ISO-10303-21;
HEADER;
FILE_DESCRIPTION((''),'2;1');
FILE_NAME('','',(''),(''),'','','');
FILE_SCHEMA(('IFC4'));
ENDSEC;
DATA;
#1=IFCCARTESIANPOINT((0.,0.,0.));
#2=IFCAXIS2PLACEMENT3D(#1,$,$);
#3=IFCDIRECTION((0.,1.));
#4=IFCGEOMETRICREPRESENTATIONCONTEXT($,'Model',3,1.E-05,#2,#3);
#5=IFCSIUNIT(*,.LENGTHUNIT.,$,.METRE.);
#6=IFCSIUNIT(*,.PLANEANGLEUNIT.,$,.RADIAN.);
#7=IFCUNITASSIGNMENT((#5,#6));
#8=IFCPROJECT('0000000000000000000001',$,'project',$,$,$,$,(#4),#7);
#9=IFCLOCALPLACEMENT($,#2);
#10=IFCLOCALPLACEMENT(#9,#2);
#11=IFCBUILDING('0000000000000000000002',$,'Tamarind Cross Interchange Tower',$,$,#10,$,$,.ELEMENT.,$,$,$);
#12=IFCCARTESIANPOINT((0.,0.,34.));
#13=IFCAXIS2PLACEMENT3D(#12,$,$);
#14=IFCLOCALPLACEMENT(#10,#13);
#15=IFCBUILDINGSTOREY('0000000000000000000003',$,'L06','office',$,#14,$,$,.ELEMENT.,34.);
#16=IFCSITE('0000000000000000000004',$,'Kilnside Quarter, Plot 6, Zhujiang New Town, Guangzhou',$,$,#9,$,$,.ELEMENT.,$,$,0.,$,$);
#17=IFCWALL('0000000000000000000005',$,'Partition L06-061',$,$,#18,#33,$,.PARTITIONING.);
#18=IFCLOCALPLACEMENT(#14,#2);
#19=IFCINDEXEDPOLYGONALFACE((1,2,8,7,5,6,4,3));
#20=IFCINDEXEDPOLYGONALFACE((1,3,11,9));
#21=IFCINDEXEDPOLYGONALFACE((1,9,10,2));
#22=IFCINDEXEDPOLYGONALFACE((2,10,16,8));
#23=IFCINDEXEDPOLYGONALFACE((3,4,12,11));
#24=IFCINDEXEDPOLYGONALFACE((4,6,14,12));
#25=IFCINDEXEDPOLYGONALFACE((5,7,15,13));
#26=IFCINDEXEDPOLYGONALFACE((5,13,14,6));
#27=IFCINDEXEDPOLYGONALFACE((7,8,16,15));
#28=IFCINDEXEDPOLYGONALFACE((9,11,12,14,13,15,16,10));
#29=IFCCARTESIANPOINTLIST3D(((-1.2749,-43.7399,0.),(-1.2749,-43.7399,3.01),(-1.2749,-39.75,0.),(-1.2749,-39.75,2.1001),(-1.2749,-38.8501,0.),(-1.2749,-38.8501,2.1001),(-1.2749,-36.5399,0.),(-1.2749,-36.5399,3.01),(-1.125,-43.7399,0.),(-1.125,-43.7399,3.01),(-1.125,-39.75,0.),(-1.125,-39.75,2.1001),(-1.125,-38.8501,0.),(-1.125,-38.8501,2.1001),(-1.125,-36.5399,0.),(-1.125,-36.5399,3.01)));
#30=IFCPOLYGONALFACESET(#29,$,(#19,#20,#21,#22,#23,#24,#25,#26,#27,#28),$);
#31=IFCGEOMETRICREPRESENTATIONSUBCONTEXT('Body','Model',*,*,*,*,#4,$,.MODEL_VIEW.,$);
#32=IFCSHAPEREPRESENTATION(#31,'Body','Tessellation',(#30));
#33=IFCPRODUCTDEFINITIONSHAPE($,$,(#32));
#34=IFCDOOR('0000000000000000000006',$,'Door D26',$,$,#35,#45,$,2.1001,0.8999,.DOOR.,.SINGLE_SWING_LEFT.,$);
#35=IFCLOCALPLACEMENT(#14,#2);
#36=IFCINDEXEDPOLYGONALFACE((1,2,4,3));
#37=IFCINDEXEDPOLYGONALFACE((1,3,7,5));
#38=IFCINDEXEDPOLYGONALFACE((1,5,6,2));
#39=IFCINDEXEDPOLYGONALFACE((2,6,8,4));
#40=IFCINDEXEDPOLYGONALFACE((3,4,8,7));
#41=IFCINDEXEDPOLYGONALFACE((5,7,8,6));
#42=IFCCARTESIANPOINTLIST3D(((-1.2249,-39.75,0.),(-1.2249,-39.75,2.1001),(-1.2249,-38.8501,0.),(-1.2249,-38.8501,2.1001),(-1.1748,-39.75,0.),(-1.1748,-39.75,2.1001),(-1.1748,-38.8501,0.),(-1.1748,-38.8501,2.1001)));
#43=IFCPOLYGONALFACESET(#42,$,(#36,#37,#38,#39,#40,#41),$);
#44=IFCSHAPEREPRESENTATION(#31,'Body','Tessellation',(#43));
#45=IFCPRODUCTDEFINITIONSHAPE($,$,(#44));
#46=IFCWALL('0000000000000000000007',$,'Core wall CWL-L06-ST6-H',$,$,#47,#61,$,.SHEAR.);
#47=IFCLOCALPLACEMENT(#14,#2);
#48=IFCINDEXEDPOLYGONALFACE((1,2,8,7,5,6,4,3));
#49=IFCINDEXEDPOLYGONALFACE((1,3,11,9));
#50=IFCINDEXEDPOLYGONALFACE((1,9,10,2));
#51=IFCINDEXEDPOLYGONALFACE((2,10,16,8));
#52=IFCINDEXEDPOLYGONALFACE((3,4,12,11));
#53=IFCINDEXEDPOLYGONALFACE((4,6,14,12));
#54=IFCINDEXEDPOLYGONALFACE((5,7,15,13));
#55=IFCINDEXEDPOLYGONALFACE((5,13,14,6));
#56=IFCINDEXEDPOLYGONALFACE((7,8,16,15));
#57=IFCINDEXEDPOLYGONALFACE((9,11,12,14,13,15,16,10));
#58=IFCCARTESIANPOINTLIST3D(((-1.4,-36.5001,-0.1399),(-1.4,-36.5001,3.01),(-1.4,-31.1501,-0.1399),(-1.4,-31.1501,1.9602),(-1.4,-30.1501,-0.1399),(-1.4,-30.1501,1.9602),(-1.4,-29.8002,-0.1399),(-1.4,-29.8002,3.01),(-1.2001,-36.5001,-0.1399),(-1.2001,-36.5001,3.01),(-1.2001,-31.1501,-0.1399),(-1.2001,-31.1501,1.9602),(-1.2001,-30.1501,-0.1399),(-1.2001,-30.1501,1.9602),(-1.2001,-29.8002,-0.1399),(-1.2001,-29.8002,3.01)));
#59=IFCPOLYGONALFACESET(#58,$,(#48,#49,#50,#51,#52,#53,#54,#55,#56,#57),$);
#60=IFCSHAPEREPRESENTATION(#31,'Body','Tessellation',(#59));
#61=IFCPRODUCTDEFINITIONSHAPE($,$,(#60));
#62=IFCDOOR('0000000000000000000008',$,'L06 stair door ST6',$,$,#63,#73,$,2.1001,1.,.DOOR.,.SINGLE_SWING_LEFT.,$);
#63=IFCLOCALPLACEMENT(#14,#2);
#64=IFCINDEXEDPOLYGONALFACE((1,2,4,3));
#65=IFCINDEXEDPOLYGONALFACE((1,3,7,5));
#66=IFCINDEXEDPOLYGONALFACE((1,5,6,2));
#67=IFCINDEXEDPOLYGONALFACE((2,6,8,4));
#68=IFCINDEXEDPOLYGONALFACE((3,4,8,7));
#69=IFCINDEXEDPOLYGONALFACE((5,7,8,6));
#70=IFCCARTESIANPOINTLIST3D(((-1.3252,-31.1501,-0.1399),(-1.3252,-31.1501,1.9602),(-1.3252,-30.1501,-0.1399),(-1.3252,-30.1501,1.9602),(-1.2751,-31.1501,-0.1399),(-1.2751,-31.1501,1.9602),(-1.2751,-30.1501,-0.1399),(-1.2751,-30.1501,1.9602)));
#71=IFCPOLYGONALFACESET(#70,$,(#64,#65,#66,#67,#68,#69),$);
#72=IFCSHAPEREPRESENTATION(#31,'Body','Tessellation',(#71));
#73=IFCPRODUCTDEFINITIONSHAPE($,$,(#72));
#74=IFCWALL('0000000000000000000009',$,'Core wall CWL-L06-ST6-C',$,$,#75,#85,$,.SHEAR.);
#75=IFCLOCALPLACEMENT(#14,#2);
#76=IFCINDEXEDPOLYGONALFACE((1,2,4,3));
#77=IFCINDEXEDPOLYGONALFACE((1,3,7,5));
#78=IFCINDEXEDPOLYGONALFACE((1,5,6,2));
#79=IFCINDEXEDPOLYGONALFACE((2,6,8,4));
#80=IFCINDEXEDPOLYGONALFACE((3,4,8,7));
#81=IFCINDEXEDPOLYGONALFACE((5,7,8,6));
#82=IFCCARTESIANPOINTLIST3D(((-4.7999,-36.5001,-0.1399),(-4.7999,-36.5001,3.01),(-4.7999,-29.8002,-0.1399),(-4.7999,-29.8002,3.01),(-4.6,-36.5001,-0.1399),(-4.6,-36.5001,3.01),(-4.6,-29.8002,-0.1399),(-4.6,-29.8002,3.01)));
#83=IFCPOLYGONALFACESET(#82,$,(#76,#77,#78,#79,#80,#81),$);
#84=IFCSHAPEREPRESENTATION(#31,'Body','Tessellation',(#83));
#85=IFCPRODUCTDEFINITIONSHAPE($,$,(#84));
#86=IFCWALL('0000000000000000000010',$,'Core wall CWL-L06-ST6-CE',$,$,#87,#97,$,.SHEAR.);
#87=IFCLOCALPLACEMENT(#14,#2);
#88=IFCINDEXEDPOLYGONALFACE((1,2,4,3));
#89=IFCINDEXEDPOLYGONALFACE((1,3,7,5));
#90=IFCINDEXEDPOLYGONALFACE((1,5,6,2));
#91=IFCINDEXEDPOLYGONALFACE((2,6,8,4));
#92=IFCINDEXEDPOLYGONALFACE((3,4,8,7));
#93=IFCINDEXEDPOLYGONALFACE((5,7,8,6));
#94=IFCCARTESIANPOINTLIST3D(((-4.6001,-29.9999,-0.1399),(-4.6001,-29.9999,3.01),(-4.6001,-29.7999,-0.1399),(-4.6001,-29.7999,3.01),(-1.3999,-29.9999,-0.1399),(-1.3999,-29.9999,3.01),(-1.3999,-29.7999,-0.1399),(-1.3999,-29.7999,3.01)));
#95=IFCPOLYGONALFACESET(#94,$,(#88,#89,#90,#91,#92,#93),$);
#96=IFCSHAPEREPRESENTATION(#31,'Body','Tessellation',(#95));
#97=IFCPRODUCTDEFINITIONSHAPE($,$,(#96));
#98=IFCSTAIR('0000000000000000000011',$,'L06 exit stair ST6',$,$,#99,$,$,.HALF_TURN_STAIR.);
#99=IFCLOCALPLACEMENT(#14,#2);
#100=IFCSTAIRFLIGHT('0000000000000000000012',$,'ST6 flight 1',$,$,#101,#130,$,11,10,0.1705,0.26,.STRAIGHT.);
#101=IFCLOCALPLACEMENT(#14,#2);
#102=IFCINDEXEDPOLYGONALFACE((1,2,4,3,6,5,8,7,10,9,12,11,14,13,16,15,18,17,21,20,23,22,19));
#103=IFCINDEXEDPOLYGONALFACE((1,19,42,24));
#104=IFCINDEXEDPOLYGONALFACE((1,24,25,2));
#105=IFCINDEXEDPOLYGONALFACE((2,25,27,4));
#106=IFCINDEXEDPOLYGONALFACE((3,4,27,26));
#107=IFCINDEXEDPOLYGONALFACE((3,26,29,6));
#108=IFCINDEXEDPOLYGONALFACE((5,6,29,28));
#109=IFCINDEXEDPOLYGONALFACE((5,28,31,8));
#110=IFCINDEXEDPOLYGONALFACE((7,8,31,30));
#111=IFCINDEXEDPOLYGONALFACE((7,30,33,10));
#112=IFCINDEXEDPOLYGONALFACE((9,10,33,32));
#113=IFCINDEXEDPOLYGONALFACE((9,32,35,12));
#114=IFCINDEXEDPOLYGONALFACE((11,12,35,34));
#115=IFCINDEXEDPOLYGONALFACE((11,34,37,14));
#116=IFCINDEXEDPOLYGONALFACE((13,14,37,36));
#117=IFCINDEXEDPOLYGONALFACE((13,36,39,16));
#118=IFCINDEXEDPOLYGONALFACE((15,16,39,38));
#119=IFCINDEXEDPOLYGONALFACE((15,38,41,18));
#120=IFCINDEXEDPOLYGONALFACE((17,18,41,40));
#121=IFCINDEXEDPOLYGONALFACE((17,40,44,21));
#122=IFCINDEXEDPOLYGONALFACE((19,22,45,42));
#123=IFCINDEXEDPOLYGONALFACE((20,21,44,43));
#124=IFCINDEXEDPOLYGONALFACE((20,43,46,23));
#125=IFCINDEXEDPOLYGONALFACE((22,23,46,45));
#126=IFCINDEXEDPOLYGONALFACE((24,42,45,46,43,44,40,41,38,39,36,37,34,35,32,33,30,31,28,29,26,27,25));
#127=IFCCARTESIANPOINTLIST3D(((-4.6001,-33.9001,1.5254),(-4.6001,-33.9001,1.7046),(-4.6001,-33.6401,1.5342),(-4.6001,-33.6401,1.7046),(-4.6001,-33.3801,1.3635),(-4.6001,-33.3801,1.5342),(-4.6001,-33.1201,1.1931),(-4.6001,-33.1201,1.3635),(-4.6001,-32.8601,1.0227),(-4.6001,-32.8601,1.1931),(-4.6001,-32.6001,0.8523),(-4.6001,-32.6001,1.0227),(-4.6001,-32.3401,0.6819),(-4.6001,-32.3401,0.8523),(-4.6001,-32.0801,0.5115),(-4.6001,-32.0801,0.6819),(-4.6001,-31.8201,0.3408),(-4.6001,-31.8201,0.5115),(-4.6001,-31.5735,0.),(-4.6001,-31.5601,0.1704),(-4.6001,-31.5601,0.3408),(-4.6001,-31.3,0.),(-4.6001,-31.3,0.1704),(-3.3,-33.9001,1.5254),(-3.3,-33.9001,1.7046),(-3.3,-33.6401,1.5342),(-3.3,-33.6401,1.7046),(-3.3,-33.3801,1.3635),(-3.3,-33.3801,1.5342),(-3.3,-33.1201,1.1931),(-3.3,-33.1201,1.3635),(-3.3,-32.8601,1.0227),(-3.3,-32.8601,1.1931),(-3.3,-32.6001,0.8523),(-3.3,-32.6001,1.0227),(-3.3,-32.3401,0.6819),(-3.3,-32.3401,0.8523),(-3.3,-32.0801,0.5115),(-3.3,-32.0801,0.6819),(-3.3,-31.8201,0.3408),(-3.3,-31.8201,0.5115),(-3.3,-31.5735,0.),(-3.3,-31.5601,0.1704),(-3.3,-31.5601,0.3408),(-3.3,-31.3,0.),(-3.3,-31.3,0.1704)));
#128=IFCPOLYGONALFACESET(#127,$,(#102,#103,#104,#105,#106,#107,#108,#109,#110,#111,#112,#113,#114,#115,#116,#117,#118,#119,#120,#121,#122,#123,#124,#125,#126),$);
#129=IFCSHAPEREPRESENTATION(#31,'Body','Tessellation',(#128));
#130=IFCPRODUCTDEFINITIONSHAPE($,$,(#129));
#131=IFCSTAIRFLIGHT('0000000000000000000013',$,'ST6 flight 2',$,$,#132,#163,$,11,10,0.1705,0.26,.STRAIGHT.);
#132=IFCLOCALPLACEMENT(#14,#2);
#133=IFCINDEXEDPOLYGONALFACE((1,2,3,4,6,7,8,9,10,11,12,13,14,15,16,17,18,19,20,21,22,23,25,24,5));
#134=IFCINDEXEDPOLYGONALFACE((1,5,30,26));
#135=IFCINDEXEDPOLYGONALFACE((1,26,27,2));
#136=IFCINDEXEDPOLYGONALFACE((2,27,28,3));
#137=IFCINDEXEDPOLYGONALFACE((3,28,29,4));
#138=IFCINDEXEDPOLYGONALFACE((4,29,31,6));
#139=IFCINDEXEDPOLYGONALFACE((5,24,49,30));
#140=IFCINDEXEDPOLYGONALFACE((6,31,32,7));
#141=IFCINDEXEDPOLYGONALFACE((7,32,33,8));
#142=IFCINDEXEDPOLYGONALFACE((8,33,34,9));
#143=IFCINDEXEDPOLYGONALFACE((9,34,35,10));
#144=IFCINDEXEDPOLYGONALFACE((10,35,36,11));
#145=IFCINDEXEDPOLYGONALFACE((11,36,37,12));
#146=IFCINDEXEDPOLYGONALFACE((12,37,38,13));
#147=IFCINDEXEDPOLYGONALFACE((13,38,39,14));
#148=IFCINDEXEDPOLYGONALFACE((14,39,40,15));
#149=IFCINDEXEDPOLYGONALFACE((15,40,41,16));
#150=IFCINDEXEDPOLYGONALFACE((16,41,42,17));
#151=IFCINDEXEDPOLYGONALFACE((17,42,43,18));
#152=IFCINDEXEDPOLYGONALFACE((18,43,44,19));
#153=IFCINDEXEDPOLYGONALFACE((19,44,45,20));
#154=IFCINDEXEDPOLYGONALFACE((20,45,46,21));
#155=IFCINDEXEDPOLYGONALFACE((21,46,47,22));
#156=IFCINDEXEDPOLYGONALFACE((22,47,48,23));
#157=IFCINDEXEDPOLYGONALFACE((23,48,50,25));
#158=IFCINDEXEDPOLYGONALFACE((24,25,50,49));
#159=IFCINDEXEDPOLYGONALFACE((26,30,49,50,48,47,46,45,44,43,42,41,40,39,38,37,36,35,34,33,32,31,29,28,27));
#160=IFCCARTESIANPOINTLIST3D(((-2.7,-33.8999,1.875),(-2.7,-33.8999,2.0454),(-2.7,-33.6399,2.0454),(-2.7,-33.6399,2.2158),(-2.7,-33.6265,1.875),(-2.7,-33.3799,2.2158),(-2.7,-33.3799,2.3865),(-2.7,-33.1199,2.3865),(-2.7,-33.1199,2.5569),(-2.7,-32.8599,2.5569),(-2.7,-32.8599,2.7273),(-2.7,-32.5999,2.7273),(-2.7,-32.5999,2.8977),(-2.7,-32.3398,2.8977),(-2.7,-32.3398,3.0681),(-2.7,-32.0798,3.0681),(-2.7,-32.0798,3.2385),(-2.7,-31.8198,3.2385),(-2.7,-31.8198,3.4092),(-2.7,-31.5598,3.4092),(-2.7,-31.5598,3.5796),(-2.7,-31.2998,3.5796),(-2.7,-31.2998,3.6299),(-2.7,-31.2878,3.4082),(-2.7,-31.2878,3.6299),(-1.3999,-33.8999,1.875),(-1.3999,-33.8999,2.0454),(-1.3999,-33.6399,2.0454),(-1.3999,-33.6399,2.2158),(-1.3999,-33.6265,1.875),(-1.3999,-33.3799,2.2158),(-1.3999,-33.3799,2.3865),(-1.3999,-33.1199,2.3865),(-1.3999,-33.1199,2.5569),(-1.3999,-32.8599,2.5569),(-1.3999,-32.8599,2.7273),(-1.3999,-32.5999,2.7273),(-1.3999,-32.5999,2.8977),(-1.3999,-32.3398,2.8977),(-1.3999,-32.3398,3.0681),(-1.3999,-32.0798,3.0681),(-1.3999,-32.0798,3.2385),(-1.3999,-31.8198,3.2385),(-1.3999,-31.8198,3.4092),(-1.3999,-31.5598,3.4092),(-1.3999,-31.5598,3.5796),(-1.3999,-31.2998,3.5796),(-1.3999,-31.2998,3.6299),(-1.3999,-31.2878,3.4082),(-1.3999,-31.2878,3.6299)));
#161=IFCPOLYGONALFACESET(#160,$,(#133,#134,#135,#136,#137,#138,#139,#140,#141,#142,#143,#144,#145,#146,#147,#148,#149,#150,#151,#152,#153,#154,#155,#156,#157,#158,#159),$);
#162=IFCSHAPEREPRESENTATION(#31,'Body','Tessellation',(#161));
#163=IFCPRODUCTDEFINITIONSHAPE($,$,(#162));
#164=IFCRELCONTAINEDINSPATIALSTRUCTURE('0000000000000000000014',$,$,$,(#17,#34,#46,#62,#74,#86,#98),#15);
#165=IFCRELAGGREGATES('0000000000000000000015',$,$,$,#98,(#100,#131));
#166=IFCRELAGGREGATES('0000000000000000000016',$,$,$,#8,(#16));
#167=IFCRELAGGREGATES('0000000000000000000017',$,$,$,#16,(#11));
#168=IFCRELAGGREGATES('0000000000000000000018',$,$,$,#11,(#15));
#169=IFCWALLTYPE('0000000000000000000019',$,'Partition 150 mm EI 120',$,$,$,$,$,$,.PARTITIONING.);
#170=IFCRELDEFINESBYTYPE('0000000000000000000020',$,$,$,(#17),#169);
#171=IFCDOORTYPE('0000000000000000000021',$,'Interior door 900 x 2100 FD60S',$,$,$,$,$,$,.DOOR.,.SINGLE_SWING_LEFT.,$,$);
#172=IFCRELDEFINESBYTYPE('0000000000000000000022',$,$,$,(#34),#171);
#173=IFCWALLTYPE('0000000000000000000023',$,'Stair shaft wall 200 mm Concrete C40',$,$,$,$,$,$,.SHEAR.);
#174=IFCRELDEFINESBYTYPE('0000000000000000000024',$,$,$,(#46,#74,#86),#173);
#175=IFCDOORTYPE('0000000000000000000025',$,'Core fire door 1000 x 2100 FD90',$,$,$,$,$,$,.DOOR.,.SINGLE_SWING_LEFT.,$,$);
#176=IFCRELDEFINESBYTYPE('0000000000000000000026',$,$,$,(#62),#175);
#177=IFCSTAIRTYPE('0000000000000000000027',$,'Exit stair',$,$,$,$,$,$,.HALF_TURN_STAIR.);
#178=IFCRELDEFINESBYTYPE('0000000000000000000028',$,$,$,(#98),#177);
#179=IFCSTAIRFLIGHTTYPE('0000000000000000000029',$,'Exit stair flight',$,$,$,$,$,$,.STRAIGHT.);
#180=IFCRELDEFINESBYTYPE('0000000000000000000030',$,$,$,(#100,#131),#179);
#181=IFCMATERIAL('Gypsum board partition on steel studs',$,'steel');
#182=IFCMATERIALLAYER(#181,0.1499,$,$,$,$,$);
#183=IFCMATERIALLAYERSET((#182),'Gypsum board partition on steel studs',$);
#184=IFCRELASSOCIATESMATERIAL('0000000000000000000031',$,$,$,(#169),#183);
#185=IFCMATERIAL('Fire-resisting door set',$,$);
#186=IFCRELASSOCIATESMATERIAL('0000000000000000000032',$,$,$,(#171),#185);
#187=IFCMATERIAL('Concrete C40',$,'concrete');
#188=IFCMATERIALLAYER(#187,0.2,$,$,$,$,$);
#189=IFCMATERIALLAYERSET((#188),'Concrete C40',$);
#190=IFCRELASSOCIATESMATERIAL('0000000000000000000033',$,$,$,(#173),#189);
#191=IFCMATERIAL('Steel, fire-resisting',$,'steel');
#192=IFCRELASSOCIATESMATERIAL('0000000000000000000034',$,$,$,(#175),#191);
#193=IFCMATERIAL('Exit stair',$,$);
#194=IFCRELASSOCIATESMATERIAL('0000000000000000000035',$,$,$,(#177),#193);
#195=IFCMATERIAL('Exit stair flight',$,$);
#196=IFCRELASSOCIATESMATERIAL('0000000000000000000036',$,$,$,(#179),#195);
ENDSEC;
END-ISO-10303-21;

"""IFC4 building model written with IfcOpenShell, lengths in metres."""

from ifc_helpers import new_model, si_unit, direction, frame, frame_2d, origin, place, context, subcontext, project, spatial, polyline, rectangle, outline, extrude, material, layer, layer_set, type_object, element, fill, aggregate, save


model = new_model("IFC4")

# Units and contexts
model_context = context("Model", 3, precision=1e-05, world=origin(), true_north=direction((0.0, 1.0)))
body_context = subcontext(model_context, "Body", "Model", "MODEL_VIEW")
ifc_project = project(units=[si_unit("LENGTHUNIT", "METRE"), si_unit("PLANEANGLEUNIT", "RADIAN")], contexts=[model_context])

# Site, building, storey
site_placement = place(None, origin())
site = spatial("IfcSite", under=ifc_project, at=site_placement, Name="Kilnside Quarter, Plot 6, Zhujiang New Town, Guangzhou", CompositionType="ELEMENT", RefElevation=0.0)
building_placement = place(site_placement, origin())
building = spatial("IfcBuilding", under=site, at=building_placement, Name="Tamarind Cross Interchange Tower", CompositionType="ELEMENT")
storey_placement = place(building_placement, frame((0.0, 0.0, 34.0)))
storey = spatial("IfcBuildingStorey", under=building, at=storey_placement, Name="L06", Description="office", CompositionType="ELEMENT", Elevation=34.0)

# Walls, openings, doors
ifc_material_1 = material(Name="Gypsum board partition on steel studs", Category="steel")
ifc_layer_1 = layer(ifc_material_1, 0.1499)
ifc_layer_set_1 = layer_set([ifc_layer_1], Name="Gypsum board partition on steel studs")
wall_type_1 = type_object("IfcWallType", Name="Partition 150 mm EI 120", PredefinedType="PARTITIONING", material=ifc_layer_set_1)
ifc_material_2 = material(Name="Fire-resisting door set")
wall_1_placement = place(storey_placement, frame((-1.2, -43.74, 0.0), z_axis=(0.0, 0.0, 1.0), x_axis=(0.0, 1.0, 0.0)))
wall_1 = element("IfcWall", 1, at=wall_1_placement, inside=storey, type_object=wall_type_1, Name="Partition L06-061", PredefinedType="PARTITIONING", context=body_context, shape_type="SweptSolid", body=[
    extrude(rectangle(XDim=7.2, YDim=0.1499, at=frame_2d((3.6001, 0.0))), origin(), (0.0, 0.0, 1.0), 3.01),
])
opening_1_placement = place(wall_1_placement, frame((3.99, 0.0, 0.0)))
opening_1 = element("IfcOpeningElement", 2, at=opening_1_placement, cuts=wall_1, PredefinedType="OPENING", context=body_context, shape_type="SweptSolid", body=[
    extrude(rectangle(XDim=0.8999, YDim=2.1001, at=frame_2d((0.45, 1.05))), frame((0.0, 0.085, 0.0), z_axis=(0.0, -1.0, 0.0), x_axis=(1.0, 0.0, 0.0)), (0.0, 0.0, 1.0), 0.1699),
])
door_type_1 = type_object("IfcDoorType", Name="Interior door 900 x 2100 FD60S", OperationType="SINGLE_SWING_LEFT", PredefinedType="DOOR", material=ifc_material_2)
door_1_placement = place(opening_1_placement, origin())
door_1 = element("IfcDoor", 3, at=door_1_placement, inside=storey, type_object=door_type_1, Name="Door D26", OperationType="SINGLE_SWING_LEFT", OverallHeight=2.1001, OverallWidth=0.8999, PredefinedType="DOOR", context=body_context, shape_type="SweptSolid", body=[
    extrude(rectangle(XDim=0.8999, YDim=2.1001, at=frame_2d((0.45, 1.05))), frame((0.0, 0.0249, 0.0), z_axis=(0.0, -1.0, 0.0), x_axis=(1.0, 0.0, 0.0)), (0.0, 0.0, 1.0), 0.05),
])
fill(opening_1, door_1)
ifc_material_3 = material(Name="Concrete C40", Category="concrete")
ifc_layer_2 = layer(ifc_material_3, 0.2)
ifc_layer_set_2 = layer_set([ifc_layer_2], Name="Concrete C40")
wall_type_2 = type_object("IfcWallType", Name="Stair shaft wall 200 mm Concrete C40", PredefinedType="SHEAR", material=ifc_layer_set_2)
wall_2_placement = place(storey_placement, frame((-1.3, -29.8, -0.1399), z_axis=(0.0, 0.0, 1.0), x_axis=(0.0, -1.0, 0.0)))
wall_2 = element("IfcWall", 4, at=wall_2_placement, inside=storey, type_object=wall_type_2, Name="Core wall CWL-L06-ST6-H", PredefinedType="SHEAR", context=body_context, shape_type="SweptSolid", body=[
    extrude(rectangle(XDim=6.7, YDim=0.2, at=frame_2d((3.3501, 0.0))), origin(), (0.0, 0.0, 1.0), 3.1499),
])
opening_2_placement = place(wall_2_placement, frame((0.3501, 0.0, 0.0)))
opening_2 = element("IfcOpeningElement", 5, at=opening_2_placement, cuts=wall_2, PredefinedType="OPENING", context=body_context, shape_type="SweptSolid", body=[
    extrude(rectangle(XDim=1.0, YDim=2.1001, at=frame_2d((0.5, 1.05))), frame((0.0, 0.1099, 0.0), z_axis=(0.0, -1.0, 0.0), x_axis=(1.0, 0.0, 0.0)), (0.0, 0.0, 1.0), 0.22),
])
ifc_material_4 = material(Name="Steel, fire-resisting", Category="steel")
door_type_2 = type_object("IfcDoorType", Name="Core fire door 1000 x 2100 FD90", OperationType="SINGLE_SWING_LEFT", PredefinedType="DOOR", material=ifc_material_4)
door_2_placement = place(opening_2_placement, origin())
door_2 = element("IfcDoor", 6, at=door_2_placement, inside=storey, type_object=door_type_2, Name="L06 stair door ST6", OperationType="SINGLE_SWING_LEFT", OverallHeight=2.1001, OverallWidth=1.0, PredefinedType="DOOR", context=body_context, shape_type="SweptSolid", body=[
    extrude(rectangle(XDim=1.0, YDim=2.1001, at=frame_2d((0.5, 1.05))), frame((0.0, 0.0249, 0.0), z_axis=(0.0, -1.0, 0.0), x_axis=(1.0, 0.0, 0.0)), (0.0, 0.0, 1.0), 0.05),
])
fill(opening_2, door_2)

# Walls
wall_3_placement = place(storey_placement, frame((-4.7, -29.8, -0.1399), z_axis=(0.0, 0.0, 1.0), x_axis=(0.0, -1.0, 0.0)))
element("IfcWall", 7, at=wall_3_placement, inside=storey, type_object=wall_type_2, Name="Core wall CWL-L06-ST6-C", PredefinedType="SHEAR", context=body_context, shape_type="SweptSolid", body=[
    extrude(rectangle(XDim=6.7, YDim=0.2, at=frame_2d((3.3501, 0.0))), origin(), (0.0, 0.0, 1.0), 3.1499),
])
wall_4_placement = place(storey_placement, frame((-4.6001, -29.8999, -0.1399), z_axis=(0.0, 0.0, 1.0), x_axis=(1.0, 0.0, 0.0)))
element("IfcWall", 8, at=wall_4_placement, inside=storey, type_object=wall_type_2, Name="Core wall CWL-L06-ST6-CE", PredefinedType="SHEAR", context=body_context, shape_type="SweptSolid", body=[
    extrude(rectangle(XDim=3.2002, YDim=0.2, at=frame_2d((1.6001, 0.0))), origin(), (0.0, 0.0, 1.0), 3.1499),
])

# Stair, stair flights
ifc_material_5 = material(Name="Exit stair")
stair_type = type_object("IfcStairType", Name="Exit stair", PredefinedType="HALF_TURN_STAIR", material=ifc_material_5)
stair_placement = place(storey_placement, origin())
stair = element("IfcStair", 9, at=stair_placement, inside=storey, type_object=stair_type, Name="L06 exit stair ST6", PredefinedType="HALF_TURN_STAIR")
ifc_material_6 = material(Name="Exit stair flight")
stair_flight_type = type_object("IfcStairFlightType", Name="Exit stair flight", PredefinedType="STRAIGHT", material=ifc_material_6)
stair_flight_1_placement = place(storey_placement, frame((-3.95, -31.3, 0.0), z_axis=(0.0, 0.0, 1.0), x_axis=(0.0, -1.0, 0.0)))
stair_flight_1 = element("IfcStairFlight", 10, at=stair_flight_1_placement, type_object=stair_flight_type, Name="ST6 flight 1", NumberOfRisers=11, NumberOfTreads=10, PredefinedType="STRAIGHT", RiserHeight=0.1705, TreadLength=0.26, context=body_context, shape_type="SweptSolid", body=[
    extrude(outline(polyline([(0.0, 0.0), (0.0, 0.1704), (0.26, 0.1704), (0.26, 0.3408), (0.52, 0.3408), (0.52, 0.5115), (0.78, 0.5115), (0.78, 0.6819), (1.04, 0.6819), (1.04, 0.8523), (1.3, 0.8523), (1.3, 1.0227), (1.5601, 1.0227), (1.5601, 1.1931), (1.8201, 1.1931), (1.8201, 1.3635), (2.0801, 1.3635), (2.0801, 1.5342), (2.3401, 1.5342), (2.3401, 1.7046), (2.6001, 1.7046), (2.6001, 1.875), (2.6001, 1.5254), (0.2734, 0.0), (0.0, 0.0)])), frame((0.0, 0.6499, 0.0), z_axis=(0.0, -1.0, 0.0), x_axis=(1.0, 0.0, 0.0)), (0.0, 0.0, 1.0), 1.3),
])
stair_flight_2_placement = place(storey_placement, frame((-2.05, -33.8999, 1.875), z_axis=(0.0, 0.0, 1.0), x_axis=(0.0, 1.0, 0.0)))
stair_flight_2 = element("IfcStairFlight", 11, at=stair_flight_2_placement, type_object=stair_flight_type, Name="ST6 flight 2", NumberOfRisers=11, NumberOfTreads=10, PredefinedType="STRAIGHT", RiserHeight=0.1705, TreadLength=0.26, context=body_context, shape_type="SweptSolid", body=[
    extrude(outline(polyline([(0.0, 0.0), (0.0, 0.1704), (0.26, 0.1704), (0.26, 0.3408), (0.52, 0.3408), (0.52, 0.5115), (0.78, 0.5115), (0.78, 0.6819), (1.04, 0.6819), (1.04, 0.8523), (1.3, 0.8523), (1.3, 1.0227), (1.5601, 1.0227), (1.5601, 1.1931), (1.8201, 1.1931), (1.8201, 1.3635), (2.0801, 1.3635), (2.0801, 1.5342), (2.3401, 1.5342), (2.3401, 1.7046), (2.6001, 1.7046), (2.6001, 1.7549), (2.6121, 1.7549), (2.6121, 1.5332), (0.2734, 0.0), (0.0, 0.0)])), frame((0.0, 0.6499, 0.0), z_axis=(0.0, -1.0, 0.0), x_axis=(1.0, 0.0, 0.0)), (0.0, 0.0, 1.0), 1.3),
])
aggregate(stair, [stair_flight_1, stair_flight_2])

save(model, "model.ifc")
